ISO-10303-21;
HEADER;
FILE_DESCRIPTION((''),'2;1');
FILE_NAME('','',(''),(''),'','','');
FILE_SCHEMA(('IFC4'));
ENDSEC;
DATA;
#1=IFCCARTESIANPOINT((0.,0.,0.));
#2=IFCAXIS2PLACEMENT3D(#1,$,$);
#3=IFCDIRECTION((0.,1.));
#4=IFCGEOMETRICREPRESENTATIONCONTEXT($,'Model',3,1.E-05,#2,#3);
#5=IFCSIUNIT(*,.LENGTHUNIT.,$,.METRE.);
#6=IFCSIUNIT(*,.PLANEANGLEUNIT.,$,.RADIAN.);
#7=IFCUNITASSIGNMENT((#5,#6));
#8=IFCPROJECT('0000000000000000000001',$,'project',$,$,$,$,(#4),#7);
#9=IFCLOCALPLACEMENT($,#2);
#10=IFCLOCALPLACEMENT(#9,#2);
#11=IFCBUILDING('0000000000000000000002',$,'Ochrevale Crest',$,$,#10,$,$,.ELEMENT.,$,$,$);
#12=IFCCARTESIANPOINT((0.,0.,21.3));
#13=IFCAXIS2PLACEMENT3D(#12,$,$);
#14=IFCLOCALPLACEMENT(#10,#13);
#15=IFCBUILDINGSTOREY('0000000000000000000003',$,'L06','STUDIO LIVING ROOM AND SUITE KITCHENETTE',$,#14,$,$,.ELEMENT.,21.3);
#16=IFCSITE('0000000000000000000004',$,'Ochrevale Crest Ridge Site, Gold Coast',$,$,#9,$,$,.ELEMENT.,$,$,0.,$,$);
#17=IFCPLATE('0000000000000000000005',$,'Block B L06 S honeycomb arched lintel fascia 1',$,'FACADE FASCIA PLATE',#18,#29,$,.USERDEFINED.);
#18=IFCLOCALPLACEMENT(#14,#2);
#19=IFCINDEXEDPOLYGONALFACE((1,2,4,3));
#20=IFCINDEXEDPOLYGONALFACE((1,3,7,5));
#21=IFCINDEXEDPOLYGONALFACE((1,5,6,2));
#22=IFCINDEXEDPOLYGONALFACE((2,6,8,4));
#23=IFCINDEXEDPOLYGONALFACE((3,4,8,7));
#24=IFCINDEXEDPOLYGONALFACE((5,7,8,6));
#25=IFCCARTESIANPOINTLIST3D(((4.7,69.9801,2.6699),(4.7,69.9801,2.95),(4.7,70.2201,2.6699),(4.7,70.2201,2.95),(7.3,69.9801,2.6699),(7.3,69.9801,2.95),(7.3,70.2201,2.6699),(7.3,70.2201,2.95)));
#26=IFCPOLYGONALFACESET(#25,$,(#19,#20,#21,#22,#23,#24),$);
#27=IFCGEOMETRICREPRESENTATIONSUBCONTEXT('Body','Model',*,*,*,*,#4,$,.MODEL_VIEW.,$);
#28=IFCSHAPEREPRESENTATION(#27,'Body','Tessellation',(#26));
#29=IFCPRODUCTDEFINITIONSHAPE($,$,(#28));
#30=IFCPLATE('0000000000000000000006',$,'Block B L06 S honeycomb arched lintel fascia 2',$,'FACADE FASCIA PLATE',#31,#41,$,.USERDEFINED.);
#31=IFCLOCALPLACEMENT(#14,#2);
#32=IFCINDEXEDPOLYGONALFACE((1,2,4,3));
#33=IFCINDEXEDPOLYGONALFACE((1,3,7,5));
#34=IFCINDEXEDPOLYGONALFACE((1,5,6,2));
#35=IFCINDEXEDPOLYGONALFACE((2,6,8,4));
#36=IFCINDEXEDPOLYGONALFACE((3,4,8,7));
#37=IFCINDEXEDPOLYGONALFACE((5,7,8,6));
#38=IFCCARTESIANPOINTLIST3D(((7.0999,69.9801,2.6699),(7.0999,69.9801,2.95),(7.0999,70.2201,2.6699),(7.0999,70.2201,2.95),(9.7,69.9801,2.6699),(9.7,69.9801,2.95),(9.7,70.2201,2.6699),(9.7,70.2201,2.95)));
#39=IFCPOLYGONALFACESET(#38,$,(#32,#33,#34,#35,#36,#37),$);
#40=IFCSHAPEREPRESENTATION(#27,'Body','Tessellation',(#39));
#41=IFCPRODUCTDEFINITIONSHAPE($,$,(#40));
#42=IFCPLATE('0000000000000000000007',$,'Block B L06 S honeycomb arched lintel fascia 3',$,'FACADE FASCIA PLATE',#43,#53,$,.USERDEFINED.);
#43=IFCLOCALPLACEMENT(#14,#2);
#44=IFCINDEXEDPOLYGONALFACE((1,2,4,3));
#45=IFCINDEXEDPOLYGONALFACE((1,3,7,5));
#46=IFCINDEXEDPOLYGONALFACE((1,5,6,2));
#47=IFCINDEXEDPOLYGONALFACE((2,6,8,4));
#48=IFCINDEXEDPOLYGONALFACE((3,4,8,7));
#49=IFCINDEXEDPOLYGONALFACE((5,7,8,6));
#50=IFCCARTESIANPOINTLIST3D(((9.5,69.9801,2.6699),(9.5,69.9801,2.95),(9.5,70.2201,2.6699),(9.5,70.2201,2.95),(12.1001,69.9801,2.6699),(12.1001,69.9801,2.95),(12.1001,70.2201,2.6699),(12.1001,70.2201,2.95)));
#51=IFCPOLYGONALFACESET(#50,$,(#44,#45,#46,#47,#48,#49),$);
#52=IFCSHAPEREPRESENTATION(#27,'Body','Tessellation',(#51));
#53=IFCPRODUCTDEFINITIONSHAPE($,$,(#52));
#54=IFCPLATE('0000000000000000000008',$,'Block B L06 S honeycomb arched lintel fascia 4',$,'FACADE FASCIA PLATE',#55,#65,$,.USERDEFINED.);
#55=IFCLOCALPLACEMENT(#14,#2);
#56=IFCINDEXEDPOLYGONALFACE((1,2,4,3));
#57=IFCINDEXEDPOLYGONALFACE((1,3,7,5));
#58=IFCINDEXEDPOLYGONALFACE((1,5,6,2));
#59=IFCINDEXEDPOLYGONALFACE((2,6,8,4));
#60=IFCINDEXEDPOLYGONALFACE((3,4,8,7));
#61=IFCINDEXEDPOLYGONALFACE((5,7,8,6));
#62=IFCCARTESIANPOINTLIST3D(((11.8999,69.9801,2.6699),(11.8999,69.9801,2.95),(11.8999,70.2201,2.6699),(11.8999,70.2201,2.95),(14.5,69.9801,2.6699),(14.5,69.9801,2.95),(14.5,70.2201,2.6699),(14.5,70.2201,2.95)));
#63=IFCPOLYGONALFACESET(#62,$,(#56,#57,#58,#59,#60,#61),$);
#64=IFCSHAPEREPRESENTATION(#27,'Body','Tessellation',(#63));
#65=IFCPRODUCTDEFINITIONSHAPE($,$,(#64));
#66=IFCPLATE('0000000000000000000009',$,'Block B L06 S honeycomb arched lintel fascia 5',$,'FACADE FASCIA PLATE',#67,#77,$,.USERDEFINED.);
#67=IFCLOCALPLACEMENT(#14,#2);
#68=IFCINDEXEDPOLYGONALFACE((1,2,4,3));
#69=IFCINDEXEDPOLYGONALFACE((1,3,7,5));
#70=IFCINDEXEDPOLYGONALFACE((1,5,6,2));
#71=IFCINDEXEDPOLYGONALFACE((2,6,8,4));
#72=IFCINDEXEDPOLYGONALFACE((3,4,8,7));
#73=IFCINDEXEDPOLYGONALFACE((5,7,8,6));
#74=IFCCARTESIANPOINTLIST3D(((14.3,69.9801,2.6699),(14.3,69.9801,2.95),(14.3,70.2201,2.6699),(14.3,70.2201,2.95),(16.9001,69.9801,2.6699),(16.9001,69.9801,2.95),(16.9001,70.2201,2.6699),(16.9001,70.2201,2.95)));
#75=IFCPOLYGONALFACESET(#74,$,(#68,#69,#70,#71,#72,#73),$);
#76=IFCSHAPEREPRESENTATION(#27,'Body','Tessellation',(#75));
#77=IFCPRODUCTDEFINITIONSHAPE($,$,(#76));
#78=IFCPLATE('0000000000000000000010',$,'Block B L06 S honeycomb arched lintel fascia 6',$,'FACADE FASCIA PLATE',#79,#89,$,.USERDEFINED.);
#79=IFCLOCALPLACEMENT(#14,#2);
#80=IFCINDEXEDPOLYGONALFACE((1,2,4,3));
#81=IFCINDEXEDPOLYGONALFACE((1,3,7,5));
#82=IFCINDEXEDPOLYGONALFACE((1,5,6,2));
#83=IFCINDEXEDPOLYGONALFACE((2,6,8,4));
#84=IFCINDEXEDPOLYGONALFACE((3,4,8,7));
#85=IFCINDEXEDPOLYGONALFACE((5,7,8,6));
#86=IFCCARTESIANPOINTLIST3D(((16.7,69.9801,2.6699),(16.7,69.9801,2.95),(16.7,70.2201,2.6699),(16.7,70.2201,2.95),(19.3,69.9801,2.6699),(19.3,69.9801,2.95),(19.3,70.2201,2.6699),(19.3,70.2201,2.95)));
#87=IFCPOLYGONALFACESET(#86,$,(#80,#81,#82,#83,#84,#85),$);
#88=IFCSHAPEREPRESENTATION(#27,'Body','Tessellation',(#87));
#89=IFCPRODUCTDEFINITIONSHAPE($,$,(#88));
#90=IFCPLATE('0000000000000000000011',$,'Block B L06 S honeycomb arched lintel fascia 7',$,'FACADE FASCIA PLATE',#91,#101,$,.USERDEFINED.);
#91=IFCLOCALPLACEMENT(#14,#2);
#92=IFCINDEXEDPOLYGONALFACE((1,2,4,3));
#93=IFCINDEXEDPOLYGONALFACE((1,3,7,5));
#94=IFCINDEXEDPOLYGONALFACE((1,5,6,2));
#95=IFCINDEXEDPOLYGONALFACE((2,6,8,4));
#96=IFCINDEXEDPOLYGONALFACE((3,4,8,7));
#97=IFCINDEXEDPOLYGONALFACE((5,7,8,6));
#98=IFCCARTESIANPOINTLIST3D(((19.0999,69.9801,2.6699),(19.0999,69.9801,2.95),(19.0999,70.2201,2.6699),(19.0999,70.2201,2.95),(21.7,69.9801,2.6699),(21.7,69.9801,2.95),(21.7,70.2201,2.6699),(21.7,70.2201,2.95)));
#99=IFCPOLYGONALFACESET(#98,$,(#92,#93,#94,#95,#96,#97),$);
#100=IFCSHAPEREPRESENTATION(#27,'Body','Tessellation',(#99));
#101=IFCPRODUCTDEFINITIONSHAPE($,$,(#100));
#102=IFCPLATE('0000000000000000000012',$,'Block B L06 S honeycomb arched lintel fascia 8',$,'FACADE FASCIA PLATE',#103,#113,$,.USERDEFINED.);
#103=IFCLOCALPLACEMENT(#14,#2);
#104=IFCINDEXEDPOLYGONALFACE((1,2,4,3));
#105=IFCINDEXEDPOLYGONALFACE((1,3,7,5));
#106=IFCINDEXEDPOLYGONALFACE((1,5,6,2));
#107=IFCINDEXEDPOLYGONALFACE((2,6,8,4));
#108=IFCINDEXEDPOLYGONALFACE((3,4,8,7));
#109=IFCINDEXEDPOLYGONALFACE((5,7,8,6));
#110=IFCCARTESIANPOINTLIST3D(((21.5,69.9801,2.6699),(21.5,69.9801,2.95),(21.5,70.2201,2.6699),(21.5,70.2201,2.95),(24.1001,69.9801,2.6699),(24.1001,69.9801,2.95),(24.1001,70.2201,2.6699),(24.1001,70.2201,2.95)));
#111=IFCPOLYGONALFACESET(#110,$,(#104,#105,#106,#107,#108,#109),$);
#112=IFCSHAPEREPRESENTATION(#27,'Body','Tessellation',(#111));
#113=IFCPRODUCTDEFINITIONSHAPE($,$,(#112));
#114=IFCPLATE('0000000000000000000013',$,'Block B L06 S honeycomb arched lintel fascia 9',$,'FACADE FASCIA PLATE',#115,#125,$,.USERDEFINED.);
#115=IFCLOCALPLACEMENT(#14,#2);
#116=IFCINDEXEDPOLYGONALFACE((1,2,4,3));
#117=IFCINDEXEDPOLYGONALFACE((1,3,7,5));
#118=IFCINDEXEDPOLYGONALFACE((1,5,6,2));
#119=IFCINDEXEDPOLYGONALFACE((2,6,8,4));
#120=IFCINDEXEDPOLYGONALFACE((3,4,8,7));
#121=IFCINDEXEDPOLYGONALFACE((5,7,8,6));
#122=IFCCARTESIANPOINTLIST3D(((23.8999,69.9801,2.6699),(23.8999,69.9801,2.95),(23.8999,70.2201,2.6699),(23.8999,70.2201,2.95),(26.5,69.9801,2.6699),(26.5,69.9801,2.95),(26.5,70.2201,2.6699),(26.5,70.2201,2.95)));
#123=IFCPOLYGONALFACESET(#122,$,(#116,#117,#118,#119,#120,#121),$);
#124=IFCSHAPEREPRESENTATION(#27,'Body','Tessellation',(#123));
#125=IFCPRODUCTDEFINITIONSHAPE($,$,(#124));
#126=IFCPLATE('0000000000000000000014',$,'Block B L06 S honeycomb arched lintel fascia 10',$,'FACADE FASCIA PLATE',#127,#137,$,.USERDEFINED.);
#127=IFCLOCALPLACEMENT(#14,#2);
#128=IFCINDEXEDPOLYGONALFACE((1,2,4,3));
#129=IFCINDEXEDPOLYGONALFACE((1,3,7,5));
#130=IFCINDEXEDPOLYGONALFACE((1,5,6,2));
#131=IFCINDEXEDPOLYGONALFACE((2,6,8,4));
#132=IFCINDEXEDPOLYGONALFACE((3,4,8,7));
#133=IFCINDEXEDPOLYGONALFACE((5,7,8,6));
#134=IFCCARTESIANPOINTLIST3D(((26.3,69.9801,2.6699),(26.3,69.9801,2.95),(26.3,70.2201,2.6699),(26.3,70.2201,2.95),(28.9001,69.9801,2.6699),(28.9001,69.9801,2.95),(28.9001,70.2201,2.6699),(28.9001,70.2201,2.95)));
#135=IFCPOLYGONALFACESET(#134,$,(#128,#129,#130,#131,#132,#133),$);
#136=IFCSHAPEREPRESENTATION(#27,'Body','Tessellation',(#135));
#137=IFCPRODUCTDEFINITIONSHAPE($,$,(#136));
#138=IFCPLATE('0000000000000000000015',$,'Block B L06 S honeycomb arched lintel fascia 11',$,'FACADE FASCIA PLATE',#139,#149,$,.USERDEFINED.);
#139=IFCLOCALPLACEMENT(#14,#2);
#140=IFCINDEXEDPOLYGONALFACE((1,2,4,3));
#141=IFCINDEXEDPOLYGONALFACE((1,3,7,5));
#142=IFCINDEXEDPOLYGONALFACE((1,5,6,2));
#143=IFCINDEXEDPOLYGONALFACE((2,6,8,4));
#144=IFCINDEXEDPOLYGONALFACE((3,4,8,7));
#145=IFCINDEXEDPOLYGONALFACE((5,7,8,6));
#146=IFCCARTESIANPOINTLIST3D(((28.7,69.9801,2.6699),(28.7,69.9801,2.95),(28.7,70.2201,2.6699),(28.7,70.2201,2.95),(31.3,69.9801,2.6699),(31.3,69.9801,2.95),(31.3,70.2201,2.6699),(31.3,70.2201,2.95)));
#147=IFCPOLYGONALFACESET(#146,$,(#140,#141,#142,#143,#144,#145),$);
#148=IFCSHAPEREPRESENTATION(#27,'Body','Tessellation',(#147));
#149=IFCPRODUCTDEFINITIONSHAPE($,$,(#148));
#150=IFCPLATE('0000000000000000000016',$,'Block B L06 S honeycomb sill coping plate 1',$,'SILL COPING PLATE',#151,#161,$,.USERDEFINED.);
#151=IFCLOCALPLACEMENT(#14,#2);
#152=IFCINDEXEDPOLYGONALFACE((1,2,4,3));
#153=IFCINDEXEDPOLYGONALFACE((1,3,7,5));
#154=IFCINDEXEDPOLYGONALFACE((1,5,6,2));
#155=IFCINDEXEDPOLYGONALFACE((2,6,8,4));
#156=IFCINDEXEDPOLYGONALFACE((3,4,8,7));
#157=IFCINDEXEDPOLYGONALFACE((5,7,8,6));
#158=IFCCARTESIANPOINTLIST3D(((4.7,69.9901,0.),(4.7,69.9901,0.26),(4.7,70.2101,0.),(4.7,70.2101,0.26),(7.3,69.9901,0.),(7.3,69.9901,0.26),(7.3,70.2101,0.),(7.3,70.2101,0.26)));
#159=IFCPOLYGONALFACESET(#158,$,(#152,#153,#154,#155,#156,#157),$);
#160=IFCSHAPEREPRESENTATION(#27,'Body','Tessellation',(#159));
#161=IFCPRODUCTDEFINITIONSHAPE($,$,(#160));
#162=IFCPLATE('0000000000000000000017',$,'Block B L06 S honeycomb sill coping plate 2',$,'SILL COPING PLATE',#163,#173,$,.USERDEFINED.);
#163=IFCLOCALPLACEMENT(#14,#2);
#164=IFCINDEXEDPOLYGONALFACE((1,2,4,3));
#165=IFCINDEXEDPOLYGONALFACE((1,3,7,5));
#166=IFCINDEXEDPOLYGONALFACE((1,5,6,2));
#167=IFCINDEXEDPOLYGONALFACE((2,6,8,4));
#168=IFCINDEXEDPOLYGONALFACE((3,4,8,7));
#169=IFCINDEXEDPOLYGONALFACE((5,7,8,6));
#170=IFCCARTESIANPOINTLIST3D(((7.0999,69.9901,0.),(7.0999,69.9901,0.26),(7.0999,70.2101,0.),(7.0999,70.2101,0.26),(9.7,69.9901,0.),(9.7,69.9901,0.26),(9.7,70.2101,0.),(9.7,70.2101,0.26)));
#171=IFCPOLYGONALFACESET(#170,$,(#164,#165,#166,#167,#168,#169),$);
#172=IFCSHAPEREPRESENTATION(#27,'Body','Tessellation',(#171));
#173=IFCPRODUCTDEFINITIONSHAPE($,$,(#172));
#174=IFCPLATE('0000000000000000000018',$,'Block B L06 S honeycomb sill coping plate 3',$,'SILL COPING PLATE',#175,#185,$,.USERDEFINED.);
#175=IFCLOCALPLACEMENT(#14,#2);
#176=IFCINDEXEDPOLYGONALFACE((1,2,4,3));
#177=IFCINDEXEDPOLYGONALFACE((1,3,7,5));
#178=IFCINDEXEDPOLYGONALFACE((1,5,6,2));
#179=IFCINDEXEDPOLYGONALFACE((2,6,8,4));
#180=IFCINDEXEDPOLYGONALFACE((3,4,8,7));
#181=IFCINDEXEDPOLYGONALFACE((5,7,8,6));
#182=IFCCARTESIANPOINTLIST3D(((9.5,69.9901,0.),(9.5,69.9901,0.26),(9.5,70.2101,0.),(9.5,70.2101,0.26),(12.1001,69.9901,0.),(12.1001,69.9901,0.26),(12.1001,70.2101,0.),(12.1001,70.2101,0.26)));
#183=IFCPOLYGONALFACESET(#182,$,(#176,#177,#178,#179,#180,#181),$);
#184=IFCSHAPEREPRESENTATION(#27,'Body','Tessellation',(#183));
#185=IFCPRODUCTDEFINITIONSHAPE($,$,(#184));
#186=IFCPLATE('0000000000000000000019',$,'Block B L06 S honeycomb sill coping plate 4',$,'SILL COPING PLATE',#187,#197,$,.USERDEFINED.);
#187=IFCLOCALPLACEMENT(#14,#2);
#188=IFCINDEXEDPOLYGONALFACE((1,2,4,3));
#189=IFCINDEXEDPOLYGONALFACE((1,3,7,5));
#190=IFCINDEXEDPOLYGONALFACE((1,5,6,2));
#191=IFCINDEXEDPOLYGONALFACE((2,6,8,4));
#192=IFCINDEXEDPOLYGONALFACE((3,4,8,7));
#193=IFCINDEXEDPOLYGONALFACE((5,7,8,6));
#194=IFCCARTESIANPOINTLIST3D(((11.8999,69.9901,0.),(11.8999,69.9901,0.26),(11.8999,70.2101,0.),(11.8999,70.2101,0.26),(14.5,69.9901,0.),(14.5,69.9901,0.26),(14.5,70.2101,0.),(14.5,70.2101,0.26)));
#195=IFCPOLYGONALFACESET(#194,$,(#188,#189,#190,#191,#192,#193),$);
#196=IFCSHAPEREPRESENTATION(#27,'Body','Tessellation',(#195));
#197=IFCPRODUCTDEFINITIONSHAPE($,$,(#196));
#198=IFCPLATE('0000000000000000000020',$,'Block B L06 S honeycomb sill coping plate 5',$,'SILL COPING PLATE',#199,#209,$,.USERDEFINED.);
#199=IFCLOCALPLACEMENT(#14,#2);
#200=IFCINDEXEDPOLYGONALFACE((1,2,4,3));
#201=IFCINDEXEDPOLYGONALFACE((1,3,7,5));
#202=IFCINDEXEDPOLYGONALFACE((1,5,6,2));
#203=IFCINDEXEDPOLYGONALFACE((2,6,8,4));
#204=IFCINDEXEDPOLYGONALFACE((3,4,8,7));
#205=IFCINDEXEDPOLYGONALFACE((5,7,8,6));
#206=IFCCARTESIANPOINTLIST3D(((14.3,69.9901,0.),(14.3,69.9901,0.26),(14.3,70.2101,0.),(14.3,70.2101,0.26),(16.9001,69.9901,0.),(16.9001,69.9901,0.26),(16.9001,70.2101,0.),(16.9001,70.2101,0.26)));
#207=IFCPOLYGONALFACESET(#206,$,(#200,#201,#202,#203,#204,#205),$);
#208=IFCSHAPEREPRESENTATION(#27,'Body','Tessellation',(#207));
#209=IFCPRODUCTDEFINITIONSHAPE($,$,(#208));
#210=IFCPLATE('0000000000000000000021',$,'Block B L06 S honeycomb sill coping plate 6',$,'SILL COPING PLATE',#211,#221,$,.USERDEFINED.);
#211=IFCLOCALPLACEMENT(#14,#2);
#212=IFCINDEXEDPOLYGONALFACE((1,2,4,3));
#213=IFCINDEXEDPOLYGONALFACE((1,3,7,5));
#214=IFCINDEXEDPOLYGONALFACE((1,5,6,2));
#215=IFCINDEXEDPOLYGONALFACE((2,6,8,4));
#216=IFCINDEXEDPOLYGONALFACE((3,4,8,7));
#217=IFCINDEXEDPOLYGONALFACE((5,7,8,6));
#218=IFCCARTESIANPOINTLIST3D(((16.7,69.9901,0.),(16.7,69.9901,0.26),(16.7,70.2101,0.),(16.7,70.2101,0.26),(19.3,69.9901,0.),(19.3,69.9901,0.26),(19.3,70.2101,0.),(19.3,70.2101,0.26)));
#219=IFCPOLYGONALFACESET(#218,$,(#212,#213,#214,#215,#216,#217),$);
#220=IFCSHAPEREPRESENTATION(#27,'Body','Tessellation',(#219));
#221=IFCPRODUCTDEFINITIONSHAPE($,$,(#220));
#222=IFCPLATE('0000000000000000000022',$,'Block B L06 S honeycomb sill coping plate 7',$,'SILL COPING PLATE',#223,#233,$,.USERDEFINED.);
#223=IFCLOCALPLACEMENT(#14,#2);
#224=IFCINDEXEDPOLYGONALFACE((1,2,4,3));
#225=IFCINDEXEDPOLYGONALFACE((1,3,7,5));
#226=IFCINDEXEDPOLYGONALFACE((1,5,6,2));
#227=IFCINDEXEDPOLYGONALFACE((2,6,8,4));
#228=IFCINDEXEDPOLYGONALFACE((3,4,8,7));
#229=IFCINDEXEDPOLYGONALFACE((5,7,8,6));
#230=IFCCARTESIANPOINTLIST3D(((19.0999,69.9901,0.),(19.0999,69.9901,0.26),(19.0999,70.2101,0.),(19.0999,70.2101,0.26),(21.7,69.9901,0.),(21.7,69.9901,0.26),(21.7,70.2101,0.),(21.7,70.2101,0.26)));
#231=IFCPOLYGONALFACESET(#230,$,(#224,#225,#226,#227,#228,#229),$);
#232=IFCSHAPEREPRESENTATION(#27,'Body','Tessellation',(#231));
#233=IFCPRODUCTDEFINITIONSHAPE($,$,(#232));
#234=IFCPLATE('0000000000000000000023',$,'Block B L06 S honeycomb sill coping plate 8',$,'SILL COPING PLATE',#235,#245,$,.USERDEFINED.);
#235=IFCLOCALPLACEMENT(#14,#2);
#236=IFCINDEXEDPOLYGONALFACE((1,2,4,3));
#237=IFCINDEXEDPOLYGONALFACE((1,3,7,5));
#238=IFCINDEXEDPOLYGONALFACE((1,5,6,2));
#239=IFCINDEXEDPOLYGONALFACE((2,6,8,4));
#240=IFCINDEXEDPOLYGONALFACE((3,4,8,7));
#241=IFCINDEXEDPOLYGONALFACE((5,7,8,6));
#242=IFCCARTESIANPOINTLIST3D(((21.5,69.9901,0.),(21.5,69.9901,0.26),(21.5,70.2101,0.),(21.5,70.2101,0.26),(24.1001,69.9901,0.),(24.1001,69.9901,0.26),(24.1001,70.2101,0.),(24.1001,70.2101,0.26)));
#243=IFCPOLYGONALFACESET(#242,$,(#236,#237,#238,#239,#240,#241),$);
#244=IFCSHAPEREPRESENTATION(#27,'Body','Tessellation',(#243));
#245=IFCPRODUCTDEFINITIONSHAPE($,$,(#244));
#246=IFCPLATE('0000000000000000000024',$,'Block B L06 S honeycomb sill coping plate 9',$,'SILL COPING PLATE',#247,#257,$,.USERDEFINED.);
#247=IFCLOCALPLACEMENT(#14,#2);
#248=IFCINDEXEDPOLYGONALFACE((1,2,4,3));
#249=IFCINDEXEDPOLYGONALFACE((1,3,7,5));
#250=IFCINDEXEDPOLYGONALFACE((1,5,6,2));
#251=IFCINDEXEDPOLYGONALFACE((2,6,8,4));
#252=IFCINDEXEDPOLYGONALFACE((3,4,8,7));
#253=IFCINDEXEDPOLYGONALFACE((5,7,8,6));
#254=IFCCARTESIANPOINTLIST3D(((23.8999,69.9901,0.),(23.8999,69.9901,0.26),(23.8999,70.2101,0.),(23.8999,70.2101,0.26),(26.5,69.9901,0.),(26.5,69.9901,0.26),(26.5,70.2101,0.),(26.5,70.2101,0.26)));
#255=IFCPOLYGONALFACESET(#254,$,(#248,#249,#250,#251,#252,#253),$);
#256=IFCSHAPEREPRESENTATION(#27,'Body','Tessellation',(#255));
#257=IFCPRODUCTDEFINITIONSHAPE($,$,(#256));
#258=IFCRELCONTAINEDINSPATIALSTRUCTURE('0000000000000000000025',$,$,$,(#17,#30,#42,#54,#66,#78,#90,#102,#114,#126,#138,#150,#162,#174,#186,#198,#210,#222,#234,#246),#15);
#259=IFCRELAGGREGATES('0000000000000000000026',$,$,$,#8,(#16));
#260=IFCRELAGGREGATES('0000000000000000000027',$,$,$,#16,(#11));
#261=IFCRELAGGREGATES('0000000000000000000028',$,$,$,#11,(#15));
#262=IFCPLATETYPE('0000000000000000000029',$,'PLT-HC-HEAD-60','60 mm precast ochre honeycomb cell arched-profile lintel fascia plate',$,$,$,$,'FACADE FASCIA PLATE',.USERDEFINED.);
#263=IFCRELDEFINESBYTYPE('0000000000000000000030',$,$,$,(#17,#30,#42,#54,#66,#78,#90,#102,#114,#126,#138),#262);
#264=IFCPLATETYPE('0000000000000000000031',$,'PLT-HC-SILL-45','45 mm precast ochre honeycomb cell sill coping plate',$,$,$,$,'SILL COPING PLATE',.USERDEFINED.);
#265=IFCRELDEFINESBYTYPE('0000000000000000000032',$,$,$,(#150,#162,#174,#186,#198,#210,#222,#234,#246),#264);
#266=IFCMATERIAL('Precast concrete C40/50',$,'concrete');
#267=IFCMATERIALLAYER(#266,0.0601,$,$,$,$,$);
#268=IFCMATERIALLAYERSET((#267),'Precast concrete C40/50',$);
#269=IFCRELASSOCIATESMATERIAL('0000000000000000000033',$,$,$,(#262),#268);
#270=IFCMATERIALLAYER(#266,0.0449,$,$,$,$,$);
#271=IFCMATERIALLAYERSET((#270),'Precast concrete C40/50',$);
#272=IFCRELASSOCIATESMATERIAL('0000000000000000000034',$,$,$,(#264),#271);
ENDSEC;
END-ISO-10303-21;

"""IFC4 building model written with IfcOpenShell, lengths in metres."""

from ifc_helpers import new_model, si_unit, direction, frame, origin, origin_2d, place, context, subcontext, project, spatial, rectangle, extrude, material, layer, layer_set, type_object, element, save


model = new_model("IFC4")

# Units and contexts
model_context = context("Model", 3, precision=1e-05, world=origin(), true_north=direction((0.0, 1.0)))
body_context = subcontext(model_context, "Body", "Model", "MODEL_VIEW")
ifc_project = project(units=[si_unit("LENGTHUNIT", "METRE"), si_unit("PLANEANGLEUNIT", "RADIAN")], contexts=[model_context])

# Site, building, storey
site_placement = place(None, origin())
site = spatial("IfcSite", under=ifc_project, at=site_placement, Name="Ochrevale Crest Ridge Site, Gold Coast", CompositionType="ELEMENT", RefElevation=0.0)
building_placement = place(site_placement, origin())
building = spatial("IfcBuilding", under=site, at=building_placement, Name="Ochrevale Crest", CompositionType="ELEMENT")
storey_placement = place(building_placement, frame((0.0, 0.0, 21.3)))
storey = spatial("IfcBuildingStorey", under=building, at=storey_placement, Name="L06", Description="STUDIO LIVING ROOM AND SUITE KITCHENETTE", CompositionType="ELEMENT", Elevation=21.3)

# Plates
ifc_material = material(Name="Precast concrete C40/50", Category="concrete")
ifc_layer_1 = layer(ifc_material, 0.0601)
ifc_layer_set_1 = layer_set([ifc_layer_1], Name="Precast concrete C40/50")
plate_type_1 = type_object("IfcPlateType", Name="PLT-HC-HEAD-60", Description="60 mm precast ochre honeycomb cell arched-profile lintel fascia plate", ElementType="FACADE FASCIA PLATE", PredefinedType="USERDEFINED", material=ifc_layer_set_1)
for number, where, z_axis, x_axis, name in (
    (1, (6.0, 70.1001, 2.6699), (0.0, 0.0, 1.0), (1.0, 0.0, 0.0), "Block B L06 S honeycomb arched lintel fascia 1"),
    (2, (8.3999, 70.1001, 2.6699), (0.0, 0.0, 1.0), (1.0, 0.0, 0.0), "Block B L06 S honeycomb arched lintel fascia 2"),
    (3, (10.8, 70.1001, 2.6699), (0.0, 0.0, 1.0), (1.0, 0.0, 0.0), "Block B L06 S honeycomb arched lintel fascia 3"),
    (4, (13.2, 70.1001, 2.6699), (0.0, 0.0, 1.0), (1.0, 0.0, 0.0), "Block B L06 S honeycomb arched lintel fascia 4"),
    (5, (15.6001, 70.1001, 2.6699), (0.0, 0.0, 1.0), (1.0, 0.0, 0.0), "Block B L06 S honeycomb arched lintel fascia 5"),
    (6, (18.0, 70.1001, 2.6699), (0.0, 0.0, 1.0), (1.0, 0.0, 0.0), "Block B L06 S honeycomb arched lintel fascia 6"),
    (7, (20.3999, 70.1001, 2.6699), (0.0, 0.0, 1.0), (1.0, 0.0, 0.0), "Block B L06 S honeycomb arched lintel fascia 7"),
    (8, (22.8, 70.1001, 2.6699), (0.0, 0.0, 1.0), (1.0, 0.0, 0.0), "Block B L06 S honeycomb arched lintel fascia 8"),
    (9, (25.2, 70.1001, 2.6699), (0.0, 0.0, 1.0), (1.0, 0.0, 0.0), "Block B L06 S honeycomb arched lintel fascia 9"),
    (10, (27.6001, 70.1001, 2.6699), (0.0, 0.0, 1.0), (1.0, 0.0, 0.0), "Block B L06 S honeycomb arched lintel fascia 10"),
    (11, (30.0, 70.1001, 2.6699), (0.0, 0.0, 1.0), (1.0, 0.0, 0.0), "Block B L06 S honeycomb arched lintel fascia 11"),
):
    element("IfcPlate", number, at=place(storey_placement, frame(where, z_axis=z_axis, x_axis=x_axis)), inside=storey, type_object=plate_type_1, Name=name, ObjectType="FACADE FASCIA PLATE", PredefinedType="USERDEFINED", context=body_context, shape_type="SweptSolid", body=[
        extrude(rectangle(XDim=2.6001, YDim=0.24, at=origin_2d()), origin(), (0.0, 0.0, 1.0), 0.28),
    ])
ifc_layer_2 = layer(ifc_material, 0.0449)
ifc_layer_set_2 = layer_set([ifc_layer_2], Name="Precast concrete C40/50")
plate_type_2 = type_object("IfcPlateType", Name="PLT-HC-SILL-45", Description="45 mm precast ochre honeycomb cell sill coping plate", ElementType="SILL COPING PLATE", PredefinedType="USERDEFINED", material=ifc_layer_set_2)
for number, where, z_axis, x_axis, name in (
    (12, (6.0, 70.1001, 0.0), (0.0, 0.0, 1.0), (1.0, 0.0, 0.0), "Block B L06 S honeycomb sill coping plate 1"),
    (13, (8.3999, 70.1001, 0.0), (0.0, 0.0, 1.0), (1.0, 0.0, 0.0), "Block B L06 S honeycomb sill coping plate 2"),
    (14, (10.8, 70.1001, 0.0), (0.0, 0.0, 1.0), (1.0, 0.0, 0.0), "Block B L06 S honeycomb sill coping plate 3"),
    (15, (13.2, 70.1001, 0.0), (0.0, 0.0, 1.0), (1.0, 0.0, 0.0), "Block B L06 S honeycomb sill coping plate 4"),
    (16, (15.6001, 70.1001, 0.0), (0.0, 0.0, 1.0), (1.0, 0.0, 0.0), "Block B L06 S honeycomb sill coping plate 5"),
    (17, (18.0, 70.1001, 0.0), (0.0, 0.0, 1.0), (1.0, 0.0, 0.0), "Block B L06 S honeycomb sill coping plate 6"),
    (18, (20.3999, 70.1001, 0.0), (0.0, 0.0, 1.0), (1.0, 0.0, 0.0), "Block B L06 S honeycomb sill coping plate 7"),
    (19, (22.8, 70.1001, 0.0), (0.0, 0.0, 1.0), (1.0, 0.0, 0.0), "Block B L06 S honeycomb sill coping plate 8"),
    (20, (25.2, 70.1001, 0.0), (0.0, 0.0, 1.0), (1.0, 0.0, 0.0), "Block B L06 S honeycomb sill coping plate 9"),
):
    element("IfcPlate", number, at=place(storey_placement, frame(where, z_axis=z_axis, x_axis=x_axis)), inside=storey, type_object=plate_type_2, Name=name, ObjectType="SILL COPING PLATE", PredefinedType="USERDEFINED", context=body_context, shape_type="SweptSolid", body=[
        extrude(rectangle(XDim=2.6001, YDim=0.22, at=origin_2d()), origin(), (0.0, 0.0, 1.0), 0.26),
    ])

save(model, "model.ifc")
